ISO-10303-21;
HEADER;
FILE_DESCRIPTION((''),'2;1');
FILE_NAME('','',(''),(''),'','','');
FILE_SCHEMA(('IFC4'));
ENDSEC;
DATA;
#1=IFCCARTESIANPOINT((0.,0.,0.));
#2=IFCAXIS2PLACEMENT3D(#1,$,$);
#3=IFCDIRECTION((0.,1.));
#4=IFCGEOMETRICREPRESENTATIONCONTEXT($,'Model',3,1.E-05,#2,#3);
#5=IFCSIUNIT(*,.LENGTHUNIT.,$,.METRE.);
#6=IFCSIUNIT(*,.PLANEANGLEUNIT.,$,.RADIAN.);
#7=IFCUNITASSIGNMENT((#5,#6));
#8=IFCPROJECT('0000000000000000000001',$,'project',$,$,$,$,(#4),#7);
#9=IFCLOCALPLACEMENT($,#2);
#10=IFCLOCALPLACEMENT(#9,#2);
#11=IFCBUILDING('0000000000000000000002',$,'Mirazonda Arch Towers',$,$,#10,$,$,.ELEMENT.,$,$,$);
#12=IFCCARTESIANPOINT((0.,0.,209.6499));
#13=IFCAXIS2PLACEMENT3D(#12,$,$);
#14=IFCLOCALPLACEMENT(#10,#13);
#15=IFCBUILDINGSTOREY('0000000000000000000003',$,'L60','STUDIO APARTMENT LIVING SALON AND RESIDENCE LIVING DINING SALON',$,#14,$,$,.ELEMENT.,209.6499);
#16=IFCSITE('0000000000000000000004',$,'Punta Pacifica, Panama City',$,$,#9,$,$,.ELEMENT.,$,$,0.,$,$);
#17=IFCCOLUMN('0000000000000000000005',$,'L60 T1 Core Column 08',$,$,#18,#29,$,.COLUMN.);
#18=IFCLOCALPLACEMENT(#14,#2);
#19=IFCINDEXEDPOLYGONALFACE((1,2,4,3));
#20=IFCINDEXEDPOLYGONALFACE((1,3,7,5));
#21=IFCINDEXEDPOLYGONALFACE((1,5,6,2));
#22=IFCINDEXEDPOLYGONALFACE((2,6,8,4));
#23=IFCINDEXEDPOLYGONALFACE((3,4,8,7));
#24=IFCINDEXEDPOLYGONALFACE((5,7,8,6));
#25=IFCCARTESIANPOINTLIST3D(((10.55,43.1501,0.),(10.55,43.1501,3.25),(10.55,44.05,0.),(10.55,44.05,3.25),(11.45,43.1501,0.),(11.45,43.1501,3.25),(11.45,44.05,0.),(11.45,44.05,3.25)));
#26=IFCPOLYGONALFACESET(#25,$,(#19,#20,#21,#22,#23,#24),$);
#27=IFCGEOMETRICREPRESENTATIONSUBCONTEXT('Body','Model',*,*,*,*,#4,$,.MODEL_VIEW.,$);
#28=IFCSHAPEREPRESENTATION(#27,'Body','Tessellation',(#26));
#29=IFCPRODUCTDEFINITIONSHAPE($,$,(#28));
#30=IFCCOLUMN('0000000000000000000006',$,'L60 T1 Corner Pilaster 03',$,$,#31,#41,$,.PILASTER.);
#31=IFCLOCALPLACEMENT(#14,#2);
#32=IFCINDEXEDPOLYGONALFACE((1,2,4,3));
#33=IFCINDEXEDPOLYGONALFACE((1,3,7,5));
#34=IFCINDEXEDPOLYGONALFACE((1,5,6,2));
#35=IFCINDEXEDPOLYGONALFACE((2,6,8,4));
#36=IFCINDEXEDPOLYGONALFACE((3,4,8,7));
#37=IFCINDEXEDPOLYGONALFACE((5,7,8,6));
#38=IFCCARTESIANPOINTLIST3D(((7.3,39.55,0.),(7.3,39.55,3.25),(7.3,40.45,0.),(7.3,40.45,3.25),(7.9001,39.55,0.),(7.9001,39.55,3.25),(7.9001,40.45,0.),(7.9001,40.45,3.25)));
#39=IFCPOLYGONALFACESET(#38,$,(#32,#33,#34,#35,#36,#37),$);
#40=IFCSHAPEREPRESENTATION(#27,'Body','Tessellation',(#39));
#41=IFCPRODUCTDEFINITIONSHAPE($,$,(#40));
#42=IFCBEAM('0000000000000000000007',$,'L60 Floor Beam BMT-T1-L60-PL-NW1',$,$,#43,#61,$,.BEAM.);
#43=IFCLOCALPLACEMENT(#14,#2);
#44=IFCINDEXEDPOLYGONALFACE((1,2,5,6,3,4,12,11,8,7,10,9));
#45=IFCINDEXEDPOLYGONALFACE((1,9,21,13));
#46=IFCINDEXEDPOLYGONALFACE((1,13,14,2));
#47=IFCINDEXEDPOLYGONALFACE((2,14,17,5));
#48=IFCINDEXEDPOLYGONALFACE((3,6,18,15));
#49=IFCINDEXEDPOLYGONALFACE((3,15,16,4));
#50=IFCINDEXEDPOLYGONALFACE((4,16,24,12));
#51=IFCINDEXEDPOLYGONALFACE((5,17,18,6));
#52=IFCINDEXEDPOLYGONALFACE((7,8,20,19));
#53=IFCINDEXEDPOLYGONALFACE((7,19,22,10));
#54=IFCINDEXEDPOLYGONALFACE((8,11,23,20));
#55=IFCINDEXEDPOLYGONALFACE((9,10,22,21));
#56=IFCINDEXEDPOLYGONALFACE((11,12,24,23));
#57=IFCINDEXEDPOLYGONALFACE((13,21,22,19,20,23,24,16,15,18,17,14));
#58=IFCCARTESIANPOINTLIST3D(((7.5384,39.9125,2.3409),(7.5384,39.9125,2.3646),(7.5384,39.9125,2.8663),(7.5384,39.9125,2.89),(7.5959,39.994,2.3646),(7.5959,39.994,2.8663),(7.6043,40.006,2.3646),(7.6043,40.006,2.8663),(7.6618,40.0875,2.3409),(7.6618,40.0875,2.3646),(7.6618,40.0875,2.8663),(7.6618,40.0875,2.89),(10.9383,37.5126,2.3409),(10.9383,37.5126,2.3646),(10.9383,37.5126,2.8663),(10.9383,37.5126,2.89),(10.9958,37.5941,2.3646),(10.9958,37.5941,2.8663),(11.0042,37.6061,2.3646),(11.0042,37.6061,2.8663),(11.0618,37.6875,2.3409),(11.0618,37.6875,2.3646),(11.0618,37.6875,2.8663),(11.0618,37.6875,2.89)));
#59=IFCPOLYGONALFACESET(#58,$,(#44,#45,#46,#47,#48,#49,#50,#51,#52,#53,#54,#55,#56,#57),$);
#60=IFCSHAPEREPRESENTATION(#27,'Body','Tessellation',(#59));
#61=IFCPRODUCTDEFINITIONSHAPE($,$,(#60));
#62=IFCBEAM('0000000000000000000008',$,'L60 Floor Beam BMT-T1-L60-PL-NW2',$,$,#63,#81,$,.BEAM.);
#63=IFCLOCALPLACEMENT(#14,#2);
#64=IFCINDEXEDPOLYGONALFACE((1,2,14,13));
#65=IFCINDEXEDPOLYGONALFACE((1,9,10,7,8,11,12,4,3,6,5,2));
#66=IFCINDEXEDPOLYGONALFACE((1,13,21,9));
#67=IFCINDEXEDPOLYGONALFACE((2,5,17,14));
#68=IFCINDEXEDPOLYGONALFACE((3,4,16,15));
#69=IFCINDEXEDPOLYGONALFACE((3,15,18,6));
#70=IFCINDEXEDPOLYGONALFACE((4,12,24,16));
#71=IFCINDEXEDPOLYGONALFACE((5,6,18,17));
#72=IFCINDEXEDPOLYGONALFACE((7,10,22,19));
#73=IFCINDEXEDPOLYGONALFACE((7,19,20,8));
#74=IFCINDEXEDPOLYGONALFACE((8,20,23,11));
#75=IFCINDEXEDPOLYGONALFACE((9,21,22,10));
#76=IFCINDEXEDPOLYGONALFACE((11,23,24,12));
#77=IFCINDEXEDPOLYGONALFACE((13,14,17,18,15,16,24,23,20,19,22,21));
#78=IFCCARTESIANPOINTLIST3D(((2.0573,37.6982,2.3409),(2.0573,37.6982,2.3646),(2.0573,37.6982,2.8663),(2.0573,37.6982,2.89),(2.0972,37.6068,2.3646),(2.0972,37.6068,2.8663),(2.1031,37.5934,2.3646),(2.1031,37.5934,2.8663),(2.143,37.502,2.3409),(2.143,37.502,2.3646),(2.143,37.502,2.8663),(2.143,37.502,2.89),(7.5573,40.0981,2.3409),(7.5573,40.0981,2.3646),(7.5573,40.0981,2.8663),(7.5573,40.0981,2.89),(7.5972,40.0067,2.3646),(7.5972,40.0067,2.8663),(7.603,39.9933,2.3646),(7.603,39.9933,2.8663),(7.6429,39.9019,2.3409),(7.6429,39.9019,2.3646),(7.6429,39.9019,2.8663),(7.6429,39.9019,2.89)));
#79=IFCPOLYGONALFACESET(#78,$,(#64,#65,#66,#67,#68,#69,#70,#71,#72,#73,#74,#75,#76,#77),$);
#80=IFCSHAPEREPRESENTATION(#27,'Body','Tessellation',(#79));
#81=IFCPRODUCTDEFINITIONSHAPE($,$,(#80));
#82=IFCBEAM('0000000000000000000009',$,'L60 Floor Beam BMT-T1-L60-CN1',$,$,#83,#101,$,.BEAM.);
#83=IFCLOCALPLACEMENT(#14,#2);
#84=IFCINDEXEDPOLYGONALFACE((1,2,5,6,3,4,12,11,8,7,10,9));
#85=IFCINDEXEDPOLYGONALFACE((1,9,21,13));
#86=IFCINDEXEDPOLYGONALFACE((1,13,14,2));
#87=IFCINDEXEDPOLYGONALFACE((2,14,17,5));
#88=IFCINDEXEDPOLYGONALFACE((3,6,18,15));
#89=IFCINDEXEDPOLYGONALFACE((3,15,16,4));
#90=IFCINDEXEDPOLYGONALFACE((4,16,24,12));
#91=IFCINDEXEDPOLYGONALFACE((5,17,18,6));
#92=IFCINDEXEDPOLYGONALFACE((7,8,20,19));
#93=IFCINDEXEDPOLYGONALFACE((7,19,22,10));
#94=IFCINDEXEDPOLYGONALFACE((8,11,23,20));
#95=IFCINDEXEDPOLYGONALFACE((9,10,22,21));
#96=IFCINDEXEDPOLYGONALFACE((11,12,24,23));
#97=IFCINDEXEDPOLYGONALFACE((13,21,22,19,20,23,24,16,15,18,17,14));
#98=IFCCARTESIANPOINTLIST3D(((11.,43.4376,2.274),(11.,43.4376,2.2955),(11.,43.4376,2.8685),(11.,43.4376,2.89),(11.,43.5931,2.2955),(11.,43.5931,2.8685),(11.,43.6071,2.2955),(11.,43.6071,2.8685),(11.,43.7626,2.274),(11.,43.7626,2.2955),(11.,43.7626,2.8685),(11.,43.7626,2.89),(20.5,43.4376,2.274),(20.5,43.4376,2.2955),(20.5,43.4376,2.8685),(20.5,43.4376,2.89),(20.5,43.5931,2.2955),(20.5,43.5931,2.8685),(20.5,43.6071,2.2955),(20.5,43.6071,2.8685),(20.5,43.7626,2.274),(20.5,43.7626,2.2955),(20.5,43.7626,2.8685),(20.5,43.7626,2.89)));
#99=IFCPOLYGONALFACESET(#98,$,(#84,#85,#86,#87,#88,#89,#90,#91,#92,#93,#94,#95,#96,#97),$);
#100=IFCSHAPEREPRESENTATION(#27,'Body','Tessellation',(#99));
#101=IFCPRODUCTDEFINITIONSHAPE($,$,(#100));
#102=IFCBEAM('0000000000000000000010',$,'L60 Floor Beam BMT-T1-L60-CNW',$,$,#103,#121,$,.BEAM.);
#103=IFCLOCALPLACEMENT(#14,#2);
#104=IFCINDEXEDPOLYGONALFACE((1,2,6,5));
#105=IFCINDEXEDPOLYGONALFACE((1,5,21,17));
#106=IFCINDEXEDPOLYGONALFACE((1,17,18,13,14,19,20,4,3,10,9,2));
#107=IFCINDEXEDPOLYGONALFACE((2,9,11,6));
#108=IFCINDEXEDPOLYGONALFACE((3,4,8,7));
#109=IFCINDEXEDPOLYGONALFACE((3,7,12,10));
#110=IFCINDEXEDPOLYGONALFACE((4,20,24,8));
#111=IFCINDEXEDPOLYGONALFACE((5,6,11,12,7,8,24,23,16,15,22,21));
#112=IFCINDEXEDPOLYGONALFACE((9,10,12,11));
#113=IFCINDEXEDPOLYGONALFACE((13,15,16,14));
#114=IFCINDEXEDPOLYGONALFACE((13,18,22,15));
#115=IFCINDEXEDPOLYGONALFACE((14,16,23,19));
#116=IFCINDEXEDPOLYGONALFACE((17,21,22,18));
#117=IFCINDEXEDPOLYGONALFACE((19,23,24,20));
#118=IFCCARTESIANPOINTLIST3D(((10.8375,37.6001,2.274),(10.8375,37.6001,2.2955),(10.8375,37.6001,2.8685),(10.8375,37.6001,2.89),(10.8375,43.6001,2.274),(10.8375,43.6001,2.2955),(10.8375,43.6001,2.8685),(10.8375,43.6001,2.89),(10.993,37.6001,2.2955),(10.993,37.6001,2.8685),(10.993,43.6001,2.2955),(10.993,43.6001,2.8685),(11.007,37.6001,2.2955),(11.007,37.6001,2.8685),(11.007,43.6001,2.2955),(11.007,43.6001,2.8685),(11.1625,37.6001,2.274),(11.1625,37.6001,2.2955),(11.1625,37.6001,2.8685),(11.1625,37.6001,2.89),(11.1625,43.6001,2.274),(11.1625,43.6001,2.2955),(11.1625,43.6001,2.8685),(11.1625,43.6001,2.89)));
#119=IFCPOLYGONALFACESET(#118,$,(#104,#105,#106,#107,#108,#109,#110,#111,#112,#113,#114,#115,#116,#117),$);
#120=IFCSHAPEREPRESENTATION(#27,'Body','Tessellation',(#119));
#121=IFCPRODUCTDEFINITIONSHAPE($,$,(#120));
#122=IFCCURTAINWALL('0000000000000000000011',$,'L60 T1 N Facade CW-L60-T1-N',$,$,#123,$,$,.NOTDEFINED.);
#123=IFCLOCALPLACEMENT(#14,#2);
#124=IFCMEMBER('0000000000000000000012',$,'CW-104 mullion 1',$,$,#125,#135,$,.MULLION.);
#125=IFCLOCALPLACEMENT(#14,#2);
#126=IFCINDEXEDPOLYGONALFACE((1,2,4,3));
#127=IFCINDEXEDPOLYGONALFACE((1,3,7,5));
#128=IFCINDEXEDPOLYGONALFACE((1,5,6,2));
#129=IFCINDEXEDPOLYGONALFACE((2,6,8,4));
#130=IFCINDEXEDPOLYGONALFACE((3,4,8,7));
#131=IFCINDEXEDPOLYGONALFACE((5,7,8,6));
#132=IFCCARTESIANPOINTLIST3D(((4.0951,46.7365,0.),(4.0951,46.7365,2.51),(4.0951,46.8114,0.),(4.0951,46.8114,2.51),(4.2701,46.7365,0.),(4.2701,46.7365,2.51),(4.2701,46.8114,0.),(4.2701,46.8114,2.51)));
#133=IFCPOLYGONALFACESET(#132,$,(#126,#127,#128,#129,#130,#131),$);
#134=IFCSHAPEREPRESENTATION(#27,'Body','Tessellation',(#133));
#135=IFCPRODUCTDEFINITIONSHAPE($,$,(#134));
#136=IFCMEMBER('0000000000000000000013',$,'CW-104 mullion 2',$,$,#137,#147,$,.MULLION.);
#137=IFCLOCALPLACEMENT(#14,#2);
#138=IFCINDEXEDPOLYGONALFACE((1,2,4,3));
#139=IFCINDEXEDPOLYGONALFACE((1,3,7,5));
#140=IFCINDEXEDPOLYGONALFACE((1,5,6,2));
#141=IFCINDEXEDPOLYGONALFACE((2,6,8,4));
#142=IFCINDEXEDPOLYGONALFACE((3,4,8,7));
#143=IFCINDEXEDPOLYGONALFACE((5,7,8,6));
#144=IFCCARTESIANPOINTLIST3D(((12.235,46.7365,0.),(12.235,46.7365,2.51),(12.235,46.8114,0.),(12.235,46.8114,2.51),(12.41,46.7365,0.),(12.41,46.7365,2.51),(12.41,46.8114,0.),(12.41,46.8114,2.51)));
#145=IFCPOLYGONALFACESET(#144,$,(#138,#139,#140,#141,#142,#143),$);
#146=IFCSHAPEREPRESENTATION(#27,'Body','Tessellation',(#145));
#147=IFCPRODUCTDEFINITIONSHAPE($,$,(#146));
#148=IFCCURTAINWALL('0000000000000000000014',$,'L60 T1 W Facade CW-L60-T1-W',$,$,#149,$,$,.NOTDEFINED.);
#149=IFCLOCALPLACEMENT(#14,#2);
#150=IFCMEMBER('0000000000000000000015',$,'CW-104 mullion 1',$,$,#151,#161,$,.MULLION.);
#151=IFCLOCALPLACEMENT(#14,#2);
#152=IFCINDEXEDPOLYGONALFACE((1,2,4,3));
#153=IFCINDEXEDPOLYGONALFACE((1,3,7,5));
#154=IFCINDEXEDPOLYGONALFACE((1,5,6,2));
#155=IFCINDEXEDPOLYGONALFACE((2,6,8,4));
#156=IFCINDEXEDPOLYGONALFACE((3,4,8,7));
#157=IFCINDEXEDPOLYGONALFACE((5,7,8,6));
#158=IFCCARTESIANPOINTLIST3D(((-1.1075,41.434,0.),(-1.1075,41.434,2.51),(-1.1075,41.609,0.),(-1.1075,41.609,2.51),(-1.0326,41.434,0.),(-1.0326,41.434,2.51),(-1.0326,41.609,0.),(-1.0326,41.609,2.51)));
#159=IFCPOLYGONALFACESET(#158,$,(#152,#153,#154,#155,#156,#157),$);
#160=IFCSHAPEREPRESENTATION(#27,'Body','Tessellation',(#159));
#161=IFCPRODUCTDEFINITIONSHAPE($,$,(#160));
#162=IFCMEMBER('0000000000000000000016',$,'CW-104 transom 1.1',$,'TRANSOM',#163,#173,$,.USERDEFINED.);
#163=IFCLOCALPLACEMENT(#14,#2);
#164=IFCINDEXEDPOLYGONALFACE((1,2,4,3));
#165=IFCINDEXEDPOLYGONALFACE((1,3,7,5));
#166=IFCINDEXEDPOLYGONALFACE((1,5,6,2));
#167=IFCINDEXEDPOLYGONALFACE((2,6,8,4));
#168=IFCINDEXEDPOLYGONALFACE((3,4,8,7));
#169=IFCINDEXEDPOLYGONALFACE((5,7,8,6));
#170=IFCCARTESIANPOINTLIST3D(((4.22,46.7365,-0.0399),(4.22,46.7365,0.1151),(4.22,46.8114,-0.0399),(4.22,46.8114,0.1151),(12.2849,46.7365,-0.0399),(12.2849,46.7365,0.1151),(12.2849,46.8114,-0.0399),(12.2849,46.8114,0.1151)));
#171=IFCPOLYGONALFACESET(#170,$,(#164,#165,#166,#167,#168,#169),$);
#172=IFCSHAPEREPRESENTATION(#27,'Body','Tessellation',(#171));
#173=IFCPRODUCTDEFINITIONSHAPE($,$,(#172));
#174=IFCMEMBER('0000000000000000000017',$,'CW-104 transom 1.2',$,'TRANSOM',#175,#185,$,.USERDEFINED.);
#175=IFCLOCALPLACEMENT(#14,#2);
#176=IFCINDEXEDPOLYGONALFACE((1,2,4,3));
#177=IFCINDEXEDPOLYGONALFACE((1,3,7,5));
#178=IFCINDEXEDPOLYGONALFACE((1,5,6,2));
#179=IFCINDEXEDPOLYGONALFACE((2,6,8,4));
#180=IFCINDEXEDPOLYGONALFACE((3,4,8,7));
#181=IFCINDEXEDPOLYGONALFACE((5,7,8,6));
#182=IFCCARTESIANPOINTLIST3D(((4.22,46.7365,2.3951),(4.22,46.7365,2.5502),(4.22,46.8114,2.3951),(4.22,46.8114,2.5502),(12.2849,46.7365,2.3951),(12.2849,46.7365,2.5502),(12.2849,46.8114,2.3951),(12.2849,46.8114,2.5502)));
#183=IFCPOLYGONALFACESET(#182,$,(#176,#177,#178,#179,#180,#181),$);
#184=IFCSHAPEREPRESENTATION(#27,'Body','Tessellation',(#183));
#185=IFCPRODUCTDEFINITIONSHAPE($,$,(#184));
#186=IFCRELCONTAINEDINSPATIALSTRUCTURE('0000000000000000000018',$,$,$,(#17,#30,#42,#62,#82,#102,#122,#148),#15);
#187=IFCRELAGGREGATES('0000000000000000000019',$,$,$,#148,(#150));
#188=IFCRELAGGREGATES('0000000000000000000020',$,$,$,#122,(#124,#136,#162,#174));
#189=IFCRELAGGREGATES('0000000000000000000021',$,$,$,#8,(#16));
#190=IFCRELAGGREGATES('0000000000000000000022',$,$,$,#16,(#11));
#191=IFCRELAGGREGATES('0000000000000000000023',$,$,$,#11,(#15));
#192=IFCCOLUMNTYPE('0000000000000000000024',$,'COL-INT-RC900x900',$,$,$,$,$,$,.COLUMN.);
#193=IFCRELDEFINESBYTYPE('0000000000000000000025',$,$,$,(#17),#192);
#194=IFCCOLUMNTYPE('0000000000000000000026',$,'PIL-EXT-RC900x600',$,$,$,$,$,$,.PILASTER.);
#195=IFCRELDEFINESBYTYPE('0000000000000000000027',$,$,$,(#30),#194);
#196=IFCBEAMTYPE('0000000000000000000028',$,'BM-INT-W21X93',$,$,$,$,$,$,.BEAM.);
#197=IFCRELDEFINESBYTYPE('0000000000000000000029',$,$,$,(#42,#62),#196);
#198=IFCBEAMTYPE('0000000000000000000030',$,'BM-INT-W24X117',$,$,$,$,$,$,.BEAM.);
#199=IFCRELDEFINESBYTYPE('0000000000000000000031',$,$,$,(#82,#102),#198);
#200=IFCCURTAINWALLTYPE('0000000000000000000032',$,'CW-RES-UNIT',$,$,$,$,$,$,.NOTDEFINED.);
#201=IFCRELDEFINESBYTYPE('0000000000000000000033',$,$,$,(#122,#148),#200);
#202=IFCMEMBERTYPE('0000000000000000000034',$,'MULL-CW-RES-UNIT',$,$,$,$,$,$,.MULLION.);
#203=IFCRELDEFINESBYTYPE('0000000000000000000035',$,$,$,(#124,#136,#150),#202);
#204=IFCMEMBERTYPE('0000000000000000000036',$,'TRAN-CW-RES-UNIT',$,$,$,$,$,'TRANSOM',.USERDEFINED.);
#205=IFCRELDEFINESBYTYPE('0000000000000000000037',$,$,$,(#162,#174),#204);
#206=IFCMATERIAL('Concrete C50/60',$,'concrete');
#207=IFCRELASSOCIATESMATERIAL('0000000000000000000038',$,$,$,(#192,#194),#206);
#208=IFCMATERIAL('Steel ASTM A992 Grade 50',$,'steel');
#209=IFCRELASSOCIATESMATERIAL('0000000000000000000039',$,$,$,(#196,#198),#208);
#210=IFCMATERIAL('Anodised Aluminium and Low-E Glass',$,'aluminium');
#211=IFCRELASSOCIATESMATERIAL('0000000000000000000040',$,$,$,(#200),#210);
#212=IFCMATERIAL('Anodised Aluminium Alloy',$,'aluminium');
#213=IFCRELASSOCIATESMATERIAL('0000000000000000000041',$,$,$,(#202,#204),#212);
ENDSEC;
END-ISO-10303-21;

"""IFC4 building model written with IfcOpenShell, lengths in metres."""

from ifc_helpers import new_model, si_unit, direction, frame, origin, origin_2d, place, context, subcontext, project, spatial, rectangle, i_section, extrude, material, material_profile, profile_set, type_object, element, aggregate, save


model = new_model("IFC4")

# Units and contexts
model_context = context("Model", 3, precision=1e-05, world=origin(), true_north=direction((0.0, 1.0)))
body_context = subcontext(model_context, "Body", "Model", "MODEL_VIEW")
ifc_project = project(units=[si_unit("LENGTHUNIT", "METRE"), si_unit("PLANEANGLEUNIT", "RADIAN")], contexts=[model_context])

# Site, building, storey
site_placement = place(None, origin())
site = spatial("IfcSite", under=ifc_project, at=site_placement, Name="Punta Pacifica, Panama City", CompositionType="ELEMENT", RefElevation=0.0)
building_placement = place(site_placement, origin())
building = spatial("IfcBuilding", under=site, at=building_placement, Name="Mirazonda Arch Towers", CompositionType="ELEMENT")
storey_placement = place(building_placement, frame((0.0, 0.0, 209.6499)))
storey = spatial("IfcBuildingStorey", under=building, at=storey_placement, Name="L60", Description="STUDIO APARTMENT LIVING SALON AND RESIDENCE LIVING DINING SALON", CompositionType="ELEMENT", Elevation=209.6499)

# Columns
ifc_material_1 = material(Name="Concrete C50/60", Category="concrete")
ifc_material_profile_1 = material_profile(ifc_material_1, rectangle(XDim=0.8999, YDim=0.8999, at=origin_2d()), Name="RC900x900")
ifc_profile_set_1 = profile_set([ifc_material_profile_1], Name="Concrete C50/60")
column_type_1 = type_object("IfcColumnType", Name="COL-INT-RC900x900", PredefinedType="COLUMN", material=ifc_profile_set_1)
column_1_placement = place(storey_placement, frame((11.0, 43.6001, 0.0), z_axis=(0.0, 0.0, 1.0), x_axis=(1.0, 0.0, 0.0)))
element("IfcColumn", 1, at=column_1_placement, inside=storey, type_object=column_type_1, Name="L60 T1 Core Column 08", PredefinedType="COLUMN", context=body_context, shape_type="SweptSolid", body=[
    extrude(rectangle(XDim=0.8999, YDim=0.8999, at=origin_2d()), origin(), (0.0, 0.0, 1.0), 3.25),
])
ifc_material_profile_2 = material_profile(ifc_material_1, rectangle(XDim=0.6001, YDim=0.8999, at=origin_2d()), Name="RC900x600")
ifc_profile_set_2 = profile_set([ifc_material_profile_2], Name="Concrete C50/60")
column_type_2 = type_object("IfcColumnType", Name="PIL-EXT-RC900x600", PredefinedType="PILASTER", material=ifc_profile_set_2)
column_2_placement = place(storey_placement, frame((7.6001, 40.0, 0.0), z_axis=(0.0, 0.0, 1.0), x_axis=(1.0, 0.0, 0.0)))
element("IfcColumn", 2, at=column_2_placement, inside=storey, type_object=column_type_2, Name="L60 T1 Corner Pilaster 03", PredefinedType="PILASTER", context=body_context, shape_type="SweptSolid", body=[
    extrude(rectangle(XDim=0.6001, YDim=0.8999, at=origin_2d()), origin(), (0.0, 0.0, 1.0), 3.25),
])

# Beams
ifc_material_2 = material(Name="Steel ASTM A992 Grade 50", Category="steel")
ifc_material_profile_3 = material_profile(ifc_material_2, i_section(OverallWidth=0.2141, OverallDepth=0.5491, WebThickness=0.0146, FlangeThickness=0.0237, at=origin_2d()), Name="W21X93")
ifc_profile_set_3 = profile_set([ifc_material_profile_3], Name="Steel ASTM A992 Grade 50")
beam_type_1 = type_object("IfcBeamType", Name="BM-INT-W21X93", PredefinedType="BEAM", material=ifc_profile_set_3)
beam_1_placement = place(storey_placement, frame((7.6001, 40.0, 2.6155), z_axis=(0.816971, -0.576679, 0.0), x_axis=(0.576679, 0.816971, 0.0)))
element("IfcBeam", 3, at=beam_1_placement, inside=storey, type_object=beam_type_1, Name="L60 Floor Beam BMT-T1-L60-PL-NW1", PredefinedType="BEAM", context=body_context, shape_type="SweptSolid", body=[
    extrude(i_section(OverallWidth=0.2141, OverallDepth=0.5491, WebThickness=0.0146, FlangeThickness=0.0237, at=origin_2d()), origin(), (0.0, 0.0, 1.0), 4.1616),
])
beam_2_placement = place(storey_placement, frame((7.6001, 40.0, 2.6155), z_axis=(-0.916545, -0.399931, 0.0), x_axis=(0.399931, -0.916545, 0.0)))
element("IfcBeam", 4, at=beam_2_placement, inside=storey, type_object=beam_type_1, Name="L60 Floor Beam BMT-T1-L60-PL-NW2", PredefinedType="BEAM", context=body_context, shape_type="SweptSolid", body=[
    extrude(i_section(OverallWidth=0.2141, OverallDepth=0.5491, WebThickness=0.0146, FlangeThickness=0.0237, at=origin_2d()), origin(), (0.0, 0.0, 1.0), 6.0007),
])
ifc_material_profile_4 = material_profile(ifc_material_2, i_section(OverallWidth=0.325, OverallDepth=0.616, WebThickness=0.0139, FlangeThickness=0.0215, at=origin_2d()), Name="W24X117")
ifc_profile_set_4 = profile_set([ifc_material_profile_4], Name="Steel ASTM A992 Grade 50")
beam_type_2 = type_object("IfcBeamType", Name="BM-INT-W24X117", PredefinedType="BEAM", material=ifc_profile_set_4)
beam_3_placement = place(storey_placement, frame((11.0, 43.6001, 2.582), z_axis=(1.0, 0.0, 0.0), x_axis=(0.0, 1.0, 0.0)))
element("IfcBeam", 5, at=beam_3_placement, inside=storey, type_object=beam_type_2, Name="L60 Floor Beam BMT-T1-L60-CN1", PredefinedType="BEAM", context=body_context, shape_type="SweptSolid", body=[
    extrude(i_section(OverallWidth=0.325, OverallDepth=0.616, WebThickness=0.0139, FlangeThickness=0.0215, at=origin_2d()), origin(), (0.0, 0.0, 1.0), 9.5),
])
beam_4_placement = place(storey_placement, frame((11.0, 37.6001, 2.582), z_axis=(0.0, 1.0, 0.0), x_axis=(-1.0, 0.0, 0.0)))
element("IfcBeam", 6, at=beam_4_placement, inside=storey, type_object=beam_type_2, Name="L60 Floor Beam BMT-T1-L60-CNW", PredefinedType="BEAM", context=body_context, shape_type="SweptSolid", body=[
    extrude(i_section(OverallWidth=0.325, OverallDepth=0.616, WebThickness=0.0139, FlangeThickness=0.0215, at=origin_2d()), origin(), (0.0, 0.0, 1.0), 6.0),
])

# Curtain wall, members
ifc_material_3 = material(Name="Anodised Aluminium and Low-E Glass", Category="aluminium")
curtain_wall_type = type_object("IfcCurtainWallType", Name="CW-RES-UNIT", PredefinedType="NOTDEFINED", material=ifc_material_3)
curtain_wall_1_placement = place(storey_placement, origin())
curtain_wall_1 = element("IfcCurtainWall", 7, at=curtain_wall_1_placement, inside=storey, type_object=curtain_wall_type, Name="L60 T1 N Facade CW-L60-T1-N", PredefinedType="NOTDEFINED")
ifc_material_4 = material(Name="Anodised Aluminium Alloy", Category="aluminium")
ifc_material_profile_5 = material_profile(ifc_material_4, rectangle(XDim=0.075, YDim=0.175, at=origin_2d()), Name="ALU-MULL-75x175")
ifc_profile_set_5 = profile_set([ifc_material_profile_5], Name="Anodised Aluminium Alloy")
member_type_1 = type_object("IfcMemberType", Name="MULL-CW-RES-UNIT", PredefinedType="MULLION", material=ifc_profile_set_5)
member_1_placement = place(storey_placement, frame((4.1826, 46.7739, 0.0), z_axis=(0.0, 0.0, 1.0), x_axis=(0.0, 1.0, 0.0)))
member_1 = element("IfcMember", 8, at=member_1_placement, type_object=member_type_1, Name="CW-104 mullion 1", PredefinedType="MULLION", context=body_context, shape_type="SweptSolid", body=[
    extrude(rectangle(XDim=0.075, YDim=0.175, at=origin_2d()), origin(), (0.0, 0.0, 1.0), 2.51),
])
member_2_placement = place(storey_placement, frame((12.3225, 46.7739, 0.0), z_axis=(0.0, 0.0, 1.0), x_axis=(0.0, 1.0, 0.0)))
member_2 = element("IfcMember", 9, at=member_2_placement, type_object=member_type_1, Name="CW-104 mullion 2", PredefinedType="MULLION", context=body_context, shape_type="SweptSolid", body=[
    extrude(rectangle(XDim=0.075, YDim=0.175, at=origin_2d()), origin(), (0.0, 0.0, 1.0), 2.51),
])

# Curtain wall, member
curtain_wall_2_placement = place(storey_placement, origin())
curtain_wall_2 = element("IfcCurtainWall", 10, at=curtain_wall_2_placement, inside=storey, type_object=curtain_wall_type, Name="L60 T1 W Facade CW-L60-T1-W", PredefinedType="NOTDEFINED")
member_3_placement = place(storey_placement, frame((-1.0701, 41.5215, 0.0), z_axis=(0.0, 0.0, 1.0), x_axis=(1.0, 0.0, 0.0)))
member_3 = element("IfcMember", 11, at=member_3_placement, type_object=member_type_1, Name="CW-104 mullion 1", PredefinedType="MULLION", context=body_context, shape_type="SweptSolid", body=[
    extrude(rectangle(XDim=0.075, YDim=0.175, at=origin_2d()), origin(), (0.0, 0.0, 1.0), 2.51),
])

# Members
ifc_material_profile_6 = material_profile(ifc_material_4, rectangle(XDim=0.075, YDim=0.155, at=origin_2d()), Name="ALU-TRAN-75x155")
ifc_profile_set_6 = profile_set([ifc_material_profile_6], Name="Anodised Aluminium Alloy")
member_type_2 = type_object("IfcMemberType", Name="TRAN-CW-RES-UNIT", ElementType="TRANSOM", PredefinedType="USERDEFINED", material=ifc_profile_set_6)
member_4_placement = place(storey_placement, frame((4.22, 46.7739, 0.0376), z_axis=(1.0, 0.0, 0.0), x_axis=(0.0, 1.0, 0.0)))
member_4 = element("IfcMember", 12, at=member_4_placement, type_object=member_type_2, Name="CW-104 transom 1.1", ObjectType="TRANSOM", PredefinedType="USERDEFINED", context=body_context, shape_type="SweptSolid", body=[
    extrude(rectangle(XDim=0.075, YDim=0.155, at=origin_2d()), origin(), (0.0, 0.0, 1.0), 8.0649),
])
member_5_placement = place(storey_placement, frame((4.22, 46.7739, 2.4727), z_axis=(1.0, 0.0, 0.0), x_axis=(0.0, 1.0, 0.0)))
member_5 = element("IfcMember", 13, at=member_5_placement, type_object=member_type_2, Name="CW-104 transom 1.2", ObjectType="TRANSOM", PredefinedType="USERDEFINED", context=body_context, shape_type="SweptSolid", body=[
    extrude(rectangle(XDim=0.075, YDim=0.155, at=origin_2d()), origin(), (0.0, 0.0, 1.0), 8.0649),
])
aggregate(curtain_wall_2, [member_3])

aggregate(curtain_wall_1, [member_1, member_2, member_4, member_5])

save(model, "model.ifc")
